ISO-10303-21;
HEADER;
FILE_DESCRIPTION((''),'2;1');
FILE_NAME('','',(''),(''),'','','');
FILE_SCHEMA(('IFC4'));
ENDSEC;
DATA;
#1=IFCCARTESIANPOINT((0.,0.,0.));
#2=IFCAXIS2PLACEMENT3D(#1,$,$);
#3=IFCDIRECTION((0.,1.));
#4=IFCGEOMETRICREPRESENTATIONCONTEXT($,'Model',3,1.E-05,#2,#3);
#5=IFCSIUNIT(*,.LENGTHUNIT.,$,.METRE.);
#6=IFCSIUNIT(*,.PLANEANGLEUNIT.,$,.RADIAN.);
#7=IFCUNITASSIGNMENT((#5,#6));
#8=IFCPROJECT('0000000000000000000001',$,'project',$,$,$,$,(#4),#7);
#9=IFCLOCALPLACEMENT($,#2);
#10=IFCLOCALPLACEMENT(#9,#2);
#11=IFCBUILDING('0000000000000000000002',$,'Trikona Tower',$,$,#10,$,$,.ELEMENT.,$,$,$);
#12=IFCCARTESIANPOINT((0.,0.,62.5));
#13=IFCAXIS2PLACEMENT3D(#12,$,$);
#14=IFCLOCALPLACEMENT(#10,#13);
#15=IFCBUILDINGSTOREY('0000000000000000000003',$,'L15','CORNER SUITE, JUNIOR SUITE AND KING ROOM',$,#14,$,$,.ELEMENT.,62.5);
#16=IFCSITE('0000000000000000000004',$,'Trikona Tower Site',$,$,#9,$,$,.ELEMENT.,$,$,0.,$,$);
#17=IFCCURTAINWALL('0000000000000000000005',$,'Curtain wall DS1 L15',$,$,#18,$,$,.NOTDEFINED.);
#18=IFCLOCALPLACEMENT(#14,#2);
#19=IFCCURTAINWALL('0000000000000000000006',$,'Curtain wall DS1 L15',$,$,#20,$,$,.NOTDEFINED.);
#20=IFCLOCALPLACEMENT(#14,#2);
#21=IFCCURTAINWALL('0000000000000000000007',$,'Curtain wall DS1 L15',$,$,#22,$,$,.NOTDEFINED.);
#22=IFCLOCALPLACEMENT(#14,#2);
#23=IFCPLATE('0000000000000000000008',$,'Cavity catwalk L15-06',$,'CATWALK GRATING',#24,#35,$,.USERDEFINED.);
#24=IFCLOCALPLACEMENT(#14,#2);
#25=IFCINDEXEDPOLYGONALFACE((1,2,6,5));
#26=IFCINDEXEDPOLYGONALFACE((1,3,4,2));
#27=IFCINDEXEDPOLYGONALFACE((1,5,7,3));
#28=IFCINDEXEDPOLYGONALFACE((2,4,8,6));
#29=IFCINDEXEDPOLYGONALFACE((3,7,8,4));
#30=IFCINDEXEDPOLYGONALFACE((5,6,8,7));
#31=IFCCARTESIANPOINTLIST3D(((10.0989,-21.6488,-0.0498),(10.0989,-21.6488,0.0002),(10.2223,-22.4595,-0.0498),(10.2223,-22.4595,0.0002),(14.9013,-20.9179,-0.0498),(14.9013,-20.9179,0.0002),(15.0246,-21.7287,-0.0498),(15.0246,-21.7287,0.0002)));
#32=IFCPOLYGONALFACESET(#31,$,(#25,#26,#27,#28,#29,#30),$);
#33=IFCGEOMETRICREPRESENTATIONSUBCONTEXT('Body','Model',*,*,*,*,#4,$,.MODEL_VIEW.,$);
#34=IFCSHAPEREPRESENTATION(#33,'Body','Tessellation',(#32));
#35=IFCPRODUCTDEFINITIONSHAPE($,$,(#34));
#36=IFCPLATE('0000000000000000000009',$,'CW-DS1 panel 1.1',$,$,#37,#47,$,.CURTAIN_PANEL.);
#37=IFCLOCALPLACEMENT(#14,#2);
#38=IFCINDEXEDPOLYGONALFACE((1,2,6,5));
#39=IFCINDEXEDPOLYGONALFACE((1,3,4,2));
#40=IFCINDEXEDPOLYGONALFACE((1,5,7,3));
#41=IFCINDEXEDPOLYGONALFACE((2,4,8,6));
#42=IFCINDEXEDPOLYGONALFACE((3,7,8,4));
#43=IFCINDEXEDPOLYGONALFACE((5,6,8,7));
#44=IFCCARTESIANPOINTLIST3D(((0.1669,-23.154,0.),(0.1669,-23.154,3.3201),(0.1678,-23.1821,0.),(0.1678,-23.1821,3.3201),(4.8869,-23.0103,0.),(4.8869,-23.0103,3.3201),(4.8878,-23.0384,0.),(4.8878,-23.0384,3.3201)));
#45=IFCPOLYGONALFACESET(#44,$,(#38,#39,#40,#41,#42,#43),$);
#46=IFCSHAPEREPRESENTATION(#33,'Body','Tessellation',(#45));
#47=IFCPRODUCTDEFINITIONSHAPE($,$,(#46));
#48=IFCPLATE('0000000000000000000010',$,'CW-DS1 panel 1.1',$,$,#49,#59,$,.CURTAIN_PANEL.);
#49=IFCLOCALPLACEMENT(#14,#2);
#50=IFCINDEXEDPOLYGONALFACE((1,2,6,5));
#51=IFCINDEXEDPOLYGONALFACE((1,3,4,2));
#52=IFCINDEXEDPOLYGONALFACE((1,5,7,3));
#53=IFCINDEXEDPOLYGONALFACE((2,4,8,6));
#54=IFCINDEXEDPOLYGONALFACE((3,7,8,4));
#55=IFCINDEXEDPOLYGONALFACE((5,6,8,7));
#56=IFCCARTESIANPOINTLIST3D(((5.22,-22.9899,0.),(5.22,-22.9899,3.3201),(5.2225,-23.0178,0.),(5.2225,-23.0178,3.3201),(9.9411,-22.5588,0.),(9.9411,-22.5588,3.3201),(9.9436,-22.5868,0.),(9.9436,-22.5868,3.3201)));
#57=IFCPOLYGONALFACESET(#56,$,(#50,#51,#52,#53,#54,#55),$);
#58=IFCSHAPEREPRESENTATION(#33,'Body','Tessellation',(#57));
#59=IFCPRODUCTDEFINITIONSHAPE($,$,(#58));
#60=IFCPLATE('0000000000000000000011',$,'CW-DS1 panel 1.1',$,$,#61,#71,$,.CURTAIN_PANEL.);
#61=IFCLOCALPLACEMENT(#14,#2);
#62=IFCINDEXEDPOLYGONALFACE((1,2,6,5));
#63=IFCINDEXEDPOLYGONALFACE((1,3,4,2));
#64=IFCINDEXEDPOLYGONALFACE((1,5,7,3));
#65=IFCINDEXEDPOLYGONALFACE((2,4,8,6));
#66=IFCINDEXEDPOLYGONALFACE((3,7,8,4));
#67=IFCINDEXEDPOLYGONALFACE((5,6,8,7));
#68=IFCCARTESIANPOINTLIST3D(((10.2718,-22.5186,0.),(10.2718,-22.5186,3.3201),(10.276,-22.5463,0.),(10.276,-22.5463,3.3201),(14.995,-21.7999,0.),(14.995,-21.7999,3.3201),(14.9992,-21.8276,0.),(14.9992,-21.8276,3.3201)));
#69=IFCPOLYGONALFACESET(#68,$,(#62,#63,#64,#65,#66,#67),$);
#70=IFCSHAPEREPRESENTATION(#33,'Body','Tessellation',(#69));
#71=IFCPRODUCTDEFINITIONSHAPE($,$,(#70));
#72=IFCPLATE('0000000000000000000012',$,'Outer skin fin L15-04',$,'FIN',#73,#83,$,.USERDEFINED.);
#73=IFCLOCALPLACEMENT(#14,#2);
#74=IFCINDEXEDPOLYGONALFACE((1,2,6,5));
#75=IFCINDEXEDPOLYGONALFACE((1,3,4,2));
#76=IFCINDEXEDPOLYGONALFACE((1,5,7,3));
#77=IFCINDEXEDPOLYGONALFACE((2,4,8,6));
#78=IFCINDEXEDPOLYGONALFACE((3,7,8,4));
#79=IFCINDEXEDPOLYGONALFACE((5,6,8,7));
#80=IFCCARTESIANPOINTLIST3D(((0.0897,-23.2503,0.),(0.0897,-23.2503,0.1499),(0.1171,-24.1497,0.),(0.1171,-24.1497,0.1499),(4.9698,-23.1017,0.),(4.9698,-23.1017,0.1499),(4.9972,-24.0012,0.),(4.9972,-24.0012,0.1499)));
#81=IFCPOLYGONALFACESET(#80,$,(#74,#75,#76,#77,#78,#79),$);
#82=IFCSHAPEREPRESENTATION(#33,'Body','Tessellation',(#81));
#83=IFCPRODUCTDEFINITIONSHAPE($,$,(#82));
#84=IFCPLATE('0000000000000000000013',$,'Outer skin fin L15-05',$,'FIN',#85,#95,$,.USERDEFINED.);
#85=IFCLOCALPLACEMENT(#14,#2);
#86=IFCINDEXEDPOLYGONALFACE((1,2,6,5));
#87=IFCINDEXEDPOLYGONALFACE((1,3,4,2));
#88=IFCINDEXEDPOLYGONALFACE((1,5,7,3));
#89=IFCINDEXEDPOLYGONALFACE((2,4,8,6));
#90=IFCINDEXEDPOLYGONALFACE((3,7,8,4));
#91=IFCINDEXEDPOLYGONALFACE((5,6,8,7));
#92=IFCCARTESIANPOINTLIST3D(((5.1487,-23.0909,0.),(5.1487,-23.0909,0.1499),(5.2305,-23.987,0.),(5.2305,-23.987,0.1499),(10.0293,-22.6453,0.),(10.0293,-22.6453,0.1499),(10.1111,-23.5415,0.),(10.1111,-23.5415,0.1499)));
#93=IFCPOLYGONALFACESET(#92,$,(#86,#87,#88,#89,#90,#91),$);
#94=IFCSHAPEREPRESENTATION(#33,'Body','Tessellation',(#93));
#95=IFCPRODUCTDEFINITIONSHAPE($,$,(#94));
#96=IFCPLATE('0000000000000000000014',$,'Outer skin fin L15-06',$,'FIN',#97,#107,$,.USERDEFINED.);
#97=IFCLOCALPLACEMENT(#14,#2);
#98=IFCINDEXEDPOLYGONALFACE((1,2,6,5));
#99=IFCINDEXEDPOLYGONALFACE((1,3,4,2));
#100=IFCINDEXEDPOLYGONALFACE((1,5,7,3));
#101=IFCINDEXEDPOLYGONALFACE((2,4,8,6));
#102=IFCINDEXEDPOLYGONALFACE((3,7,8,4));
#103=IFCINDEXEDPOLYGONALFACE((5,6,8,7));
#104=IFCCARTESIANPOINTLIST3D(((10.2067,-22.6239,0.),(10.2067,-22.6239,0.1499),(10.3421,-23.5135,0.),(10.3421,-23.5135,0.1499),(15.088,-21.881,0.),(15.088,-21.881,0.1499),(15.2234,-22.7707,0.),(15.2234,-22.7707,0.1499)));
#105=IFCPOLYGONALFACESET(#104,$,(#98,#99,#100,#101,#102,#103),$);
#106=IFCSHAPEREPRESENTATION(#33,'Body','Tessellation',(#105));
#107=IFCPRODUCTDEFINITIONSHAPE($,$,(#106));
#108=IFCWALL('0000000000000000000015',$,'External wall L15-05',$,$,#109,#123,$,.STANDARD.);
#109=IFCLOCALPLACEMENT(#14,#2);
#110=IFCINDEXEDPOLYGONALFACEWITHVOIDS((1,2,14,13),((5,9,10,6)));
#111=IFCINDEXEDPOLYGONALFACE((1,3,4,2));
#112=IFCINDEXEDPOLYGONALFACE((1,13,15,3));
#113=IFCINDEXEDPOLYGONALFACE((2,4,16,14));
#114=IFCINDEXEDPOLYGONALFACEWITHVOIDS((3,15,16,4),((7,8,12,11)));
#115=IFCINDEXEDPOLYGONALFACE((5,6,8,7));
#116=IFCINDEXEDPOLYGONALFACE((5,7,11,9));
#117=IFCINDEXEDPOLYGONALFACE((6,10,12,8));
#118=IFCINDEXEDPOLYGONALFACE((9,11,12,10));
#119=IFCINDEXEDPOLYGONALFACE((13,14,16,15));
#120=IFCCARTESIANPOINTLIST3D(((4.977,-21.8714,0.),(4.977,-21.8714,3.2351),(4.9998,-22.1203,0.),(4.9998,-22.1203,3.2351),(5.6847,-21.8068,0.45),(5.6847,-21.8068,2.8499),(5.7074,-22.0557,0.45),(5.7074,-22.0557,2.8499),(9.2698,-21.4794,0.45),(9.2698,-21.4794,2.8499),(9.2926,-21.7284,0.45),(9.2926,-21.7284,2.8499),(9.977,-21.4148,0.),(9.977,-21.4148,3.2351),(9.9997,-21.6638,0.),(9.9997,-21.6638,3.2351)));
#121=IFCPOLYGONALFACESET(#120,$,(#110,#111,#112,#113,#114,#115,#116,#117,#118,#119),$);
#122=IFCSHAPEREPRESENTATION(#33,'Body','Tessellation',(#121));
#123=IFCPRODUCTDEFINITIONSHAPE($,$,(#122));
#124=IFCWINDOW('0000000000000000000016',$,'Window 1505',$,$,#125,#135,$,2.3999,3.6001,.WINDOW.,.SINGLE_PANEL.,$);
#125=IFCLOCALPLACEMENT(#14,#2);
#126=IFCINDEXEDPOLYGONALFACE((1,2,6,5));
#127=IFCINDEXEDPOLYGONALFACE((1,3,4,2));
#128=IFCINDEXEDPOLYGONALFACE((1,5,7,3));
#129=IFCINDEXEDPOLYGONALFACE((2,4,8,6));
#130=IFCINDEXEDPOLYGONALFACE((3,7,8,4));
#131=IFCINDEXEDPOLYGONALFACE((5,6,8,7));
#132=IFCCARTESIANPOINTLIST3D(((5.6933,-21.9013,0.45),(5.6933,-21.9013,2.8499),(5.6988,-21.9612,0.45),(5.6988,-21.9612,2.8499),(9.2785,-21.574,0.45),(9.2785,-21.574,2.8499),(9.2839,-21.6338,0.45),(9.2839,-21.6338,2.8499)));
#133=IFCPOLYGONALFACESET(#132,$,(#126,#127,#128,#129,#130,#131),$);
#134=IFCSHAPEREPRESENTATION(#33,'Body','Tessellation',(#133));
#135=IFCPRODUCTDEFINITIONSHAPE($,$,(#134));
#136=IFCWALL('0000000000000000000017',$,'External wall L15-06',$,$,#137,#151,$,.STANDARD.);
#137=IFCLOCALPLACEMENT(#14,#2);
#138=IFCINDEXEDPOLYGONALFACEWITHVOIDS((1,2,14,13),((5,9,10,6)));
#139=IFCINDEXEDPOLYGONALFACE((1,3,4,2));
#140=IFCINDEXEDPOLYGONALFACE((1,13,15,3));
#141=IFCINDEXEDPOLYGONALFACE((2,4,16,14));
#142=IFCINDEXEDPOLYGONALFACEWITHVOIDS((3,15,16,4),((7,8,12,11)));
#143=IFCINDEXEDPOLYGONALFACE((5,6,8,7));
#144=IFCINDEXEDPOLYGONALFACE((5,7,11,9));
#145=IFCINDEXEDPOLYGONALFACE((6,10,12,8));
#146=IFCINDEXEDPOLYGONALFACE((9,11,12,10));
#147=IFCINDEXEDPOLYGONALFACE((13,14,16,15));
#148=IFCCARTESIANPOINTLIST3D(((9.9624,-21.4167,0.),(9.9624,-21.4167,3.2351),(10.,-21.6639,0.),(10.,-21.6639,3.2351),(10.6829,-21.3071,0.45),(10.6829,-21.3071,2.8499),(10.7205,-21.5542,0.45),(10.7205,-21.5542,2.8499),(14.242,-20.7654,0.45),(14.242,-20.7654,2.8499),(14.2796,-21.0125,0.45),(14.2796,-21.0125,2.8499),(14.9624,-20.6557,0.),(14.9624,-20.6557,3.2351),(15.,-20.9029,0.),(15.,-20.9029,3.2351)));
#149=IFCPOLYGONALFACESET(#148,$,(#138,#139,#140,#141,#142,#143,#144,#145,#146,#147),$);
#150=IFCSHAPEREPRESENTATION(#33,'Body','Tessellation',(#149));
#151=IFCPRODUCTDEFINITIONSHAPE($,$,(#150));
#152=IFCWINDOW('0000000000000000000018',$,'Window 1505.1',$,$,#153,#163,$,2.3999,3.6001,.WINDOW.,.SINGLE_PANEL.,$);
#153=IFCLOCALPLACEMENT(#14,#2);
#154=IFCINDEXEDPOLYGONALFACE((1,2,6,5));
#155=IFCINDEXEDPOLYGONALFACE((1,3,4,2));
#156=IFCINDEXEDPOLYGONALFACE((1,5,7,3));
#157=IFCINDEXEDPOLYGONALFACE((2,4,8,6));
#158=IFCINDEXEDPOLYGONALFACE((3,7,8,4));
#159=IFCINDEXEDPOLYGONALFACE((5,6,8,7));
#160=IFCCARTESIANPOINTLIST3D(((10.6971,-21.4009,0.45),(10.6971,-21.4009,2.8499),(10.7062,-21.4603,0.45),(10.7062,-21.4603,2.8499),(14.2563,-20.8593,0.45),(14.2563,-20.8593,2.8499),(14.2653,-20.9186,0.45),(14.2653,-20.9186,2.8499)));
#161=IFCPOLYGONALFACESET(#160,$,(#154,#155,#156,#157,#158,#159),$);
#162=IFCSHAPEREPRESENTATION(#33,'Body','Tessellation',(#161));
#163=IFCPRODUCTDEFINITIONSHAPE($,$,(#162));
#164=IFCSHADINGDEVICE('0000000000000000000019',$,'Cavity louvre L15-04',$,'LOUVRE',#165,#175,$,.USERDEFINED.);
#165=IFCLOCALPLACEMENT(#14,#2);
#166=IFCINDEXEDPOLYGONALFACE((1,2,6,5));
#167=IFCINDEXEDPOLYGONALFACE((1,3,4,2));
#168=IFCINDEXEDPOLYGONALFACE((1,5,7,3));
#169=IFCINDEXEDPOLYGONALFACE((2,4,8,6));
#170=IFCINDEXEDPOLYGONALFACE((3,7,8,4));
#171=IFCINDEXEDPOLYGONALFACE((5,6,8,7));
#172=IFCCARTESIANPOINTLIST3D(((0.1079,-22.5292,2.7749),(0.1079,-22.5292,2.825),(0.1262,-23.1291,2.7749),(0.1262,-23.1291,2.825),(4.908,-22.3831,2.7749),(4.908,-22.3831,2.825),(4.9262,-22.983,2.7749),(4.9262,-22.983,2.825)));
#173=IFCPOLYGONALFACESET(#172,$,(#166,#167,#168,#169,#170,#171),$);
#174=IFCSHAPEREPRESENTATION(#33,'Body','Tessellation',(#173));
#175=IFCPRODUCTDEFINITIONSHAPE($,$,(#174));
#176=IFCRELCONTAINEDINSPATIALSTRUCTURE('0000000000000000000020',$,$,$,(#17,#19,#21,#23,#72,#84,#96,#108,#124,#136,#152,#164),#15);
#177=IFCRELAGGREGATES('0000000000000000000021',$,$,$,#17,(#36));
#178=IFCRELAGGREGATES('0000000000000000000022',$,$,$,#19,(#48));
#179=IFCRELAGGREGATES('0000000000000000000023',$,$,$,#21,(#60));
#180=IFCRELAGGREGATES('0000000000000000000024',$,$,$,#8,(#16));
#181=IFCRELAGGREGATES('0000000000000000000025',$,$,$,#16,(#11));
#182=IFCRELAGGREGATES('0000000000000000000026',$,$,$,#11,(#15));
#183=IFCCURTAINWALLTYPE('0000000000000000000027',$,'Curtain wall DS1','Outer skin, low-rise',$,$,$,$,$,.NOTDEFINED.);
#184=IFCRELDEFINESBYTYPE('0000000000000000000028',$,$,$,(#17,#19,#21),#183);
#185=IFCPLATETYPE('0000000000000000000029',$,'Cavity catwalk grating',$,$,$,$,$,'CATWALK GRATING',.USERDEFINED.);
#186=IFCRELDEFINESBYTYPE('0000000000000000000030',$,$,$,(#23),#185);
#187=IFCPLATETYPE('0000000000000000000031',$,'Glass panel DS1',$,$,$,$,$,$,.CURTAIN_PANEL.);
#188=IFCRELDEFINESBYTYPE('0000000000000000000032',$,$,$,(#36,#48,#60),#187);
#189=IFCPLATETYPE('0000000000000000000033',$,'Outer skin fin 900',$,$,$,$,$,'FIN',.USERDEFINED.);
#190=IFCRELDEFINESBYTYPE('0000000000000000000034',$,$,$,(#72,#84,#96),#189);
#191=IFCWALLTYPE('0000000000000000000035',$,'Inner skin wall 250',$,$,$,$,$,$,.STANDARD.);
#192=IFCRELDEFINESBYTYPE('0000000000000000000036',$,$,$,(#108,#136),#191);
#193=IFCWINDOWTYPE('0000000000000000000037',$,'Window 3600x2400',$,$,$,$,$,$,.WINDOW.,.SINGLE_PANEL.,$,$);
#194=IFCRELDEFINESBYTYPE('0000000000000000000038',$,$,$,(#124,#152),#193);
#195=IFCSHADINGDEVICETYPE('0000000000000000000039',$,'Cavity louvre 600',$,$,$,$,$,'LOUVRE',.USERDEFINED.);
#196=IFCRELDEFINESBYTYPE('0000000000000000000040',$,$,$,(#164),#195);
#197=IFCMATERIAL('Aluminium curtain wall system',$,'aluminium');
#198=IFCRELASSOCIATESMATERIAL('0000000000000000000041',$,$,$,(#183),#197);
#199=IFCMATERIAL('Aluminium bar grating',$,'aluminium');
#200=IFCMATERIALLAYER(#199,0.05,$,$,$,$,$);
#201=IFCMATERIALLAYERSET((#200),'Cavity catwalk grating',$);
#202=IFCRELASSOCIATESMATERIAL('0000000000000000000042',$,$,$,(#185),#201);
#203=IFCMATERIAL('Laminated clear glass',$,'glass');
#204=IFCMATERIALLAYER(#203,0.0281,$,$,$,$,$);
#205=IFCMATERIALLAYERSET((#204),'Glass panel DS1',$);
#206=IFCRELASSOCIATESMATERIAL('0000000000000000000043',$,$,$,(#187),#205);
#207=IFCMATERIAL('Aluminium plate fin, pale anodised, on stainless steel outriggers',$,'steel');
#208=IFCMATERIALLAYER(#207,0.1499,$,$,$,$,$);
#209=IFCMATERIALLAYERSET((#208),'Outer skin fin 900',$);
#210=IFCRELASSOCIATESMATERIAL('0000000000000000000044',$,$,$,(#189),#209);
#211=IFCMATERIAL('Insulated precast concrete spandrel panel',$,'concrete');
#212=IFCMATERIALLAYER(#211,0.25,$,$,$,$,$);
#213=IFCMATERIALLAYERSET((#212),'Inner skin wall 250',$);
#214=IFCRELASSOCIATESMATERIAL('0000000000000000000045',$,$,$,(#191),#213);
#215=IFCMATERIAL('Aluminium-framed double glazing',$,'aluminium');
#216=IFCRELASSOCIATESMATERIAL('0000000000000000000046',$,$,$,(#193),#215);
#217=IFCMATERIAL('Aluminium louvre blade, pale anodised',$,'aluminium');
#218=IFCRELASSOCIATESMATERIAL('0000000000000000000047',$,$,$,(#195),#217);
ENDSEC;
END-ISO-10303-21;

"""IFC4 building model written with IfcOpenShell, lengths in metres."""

from ifc_helpers import new_model, si_unit, direction, frame, frame_2d, origin, origin_2d, place, context, subcontext, project, spatial, rectangle, extrude, material, layer, layer_set, type_object, element, fill, aggregate, save


model = new_model("IFC4")

# Units and contexts
model_context = context("Model", 3, precision=1e-05, world=origin(), true_north=direction((0.0, 1.0)))
body_context = subcontext(model_context, "Body", "Model", "MODEL_VIEW")
ifc_project = project(units=[si_unit("LENGTHUNIT", "METRE"), si_unit("PLANEANGLEUNIT", "RADIAN")], contexts=[model_context])

# Site, building, storey
site_placement = place(None, origin())
site = spatial("IfcSite", under=ifc_project, at=site_placement, Name="Trikona Tower Site", CompositionType="ELEMENT", RefElevation=0.0)
building_placement = place(site_placement, origin())
building = spatial("IfcBuilding", under=site, at=building_placement, Name="Trikona Tower", CompositionType="ELEMENT")
storey_placement = place(building_placement, frame((0.0, 0.0, 62.5)))
storey = spatial("IfcBuildingStorey", under=building, at=storey_placement, Name="L15", Description="CORNER SUITE, JUNIOR SUITE AND KING ROOM", CompositionType="ELEMENT", Elevation=62.5)

# Curtain walls
ifc_material_1 = material(Name="Aluminium curtain wall system", Category="aluminium")
curtain_wall_type = type_object("IfcCurtainWallType", Name="Curtain wall DS1", Description="Outer skin, low-rise", PredefinedType="NOTDEFINED", material=ifc_material_1)
curtain_wall_1_placement = place(storey_placement, origin())
curtain_wall_1 = element("IfcCurtainWall", 1, at=curtain_wall_1_placement, inside=storey, type_object=curtain_wall_type, Name="Curtain wall DS1 L15", PredefinedType="NOTDEFINED")
curtain_wall_2_placement = place(storey_placement, origin())
curtain_wall_2 = element("IfcCurtainWall", 2, at=curtain_wall_2_placement, inside=storey, type_object=curtain_wall_type, Name="Curtain wall DS1 L15", PredefinedType="NOTDEFINED")

# Curtain wall
curtain_wall_3_placement = place(storey_placement, origin())
curtain_wall_3 = element("IfcCurtainWall", 3, at=curtain_wall_3_placement, inside=storey, type_object=curtain_wall_type, Name="Curtain wall DS1 L15", PredefinedType="NOTDEFINED")

# Plate
ifc_material_2 = material(Name="Aluminium bar grating", Category="aluminium")
ifc_layer_1 = layer(ifc_material_2, 0.05)
ifc_layer_set_1 = layer_set([ifc_layer_1], Name="Cavity catwalk grating")
plate_type_1 = type_object("IfcPlateType", Name="Cavity catwalk grating", ElementType="CATWALK GRATING", PredefinedType="USERDEFINED", material=ifc_layer_set_1)
plate_1_placement = place(storey_placement, frame((12.5618, -21.6887, -0.0498), z_axis=(0.0, 0.0, 1.0), x_axis=(0.988618, 0.150448, 0.0)))
element("IfcPlate", 4, at=plate_1_placement, inside=storey, type_object=plate_type_1, Name="Cavity catwalk L15-06", ObjectType="CATWALK GRATING", PredefinedType="USERDEFINED", context=body_context, shape_type="SweptSolid", body=[
    extrude(rectangle(XDim=4.8577, YDim=0.8201, at=origin_2d()), origin(), (0.0, 0.0, 1.0), 0.05),
])

# Plates
ifc_material_3 = material(Name="Laminated clear glass", Category="glass")
ifc_layer_2 = layer(ifc_material_3, 0.0281)
ifc_layer_set_2 = layer_set([ifc_layer_2], Name="Glass panel DS1")
plate_type_2 = type_object("IfcPlateType", Name="Glass panel DS1", PredefinedType="CURTAIN_PANEL", material=ifc_layer_set_2)
plate_2_placement = place(storey_placement, frame((2.5273, -23.0962, 0.0), z_axis=(0.0, 0.0, 1.0), x_axis=(0.999537, 0.030437, 0.0)))
plate_2 = element("IfcPlate", 5, at=plate_2_placement, type_object=plate_type_2, Name="CW-DS1 panel 1.1", PredefinedType="CURTAIN_PANEL", context=body_context, shape_type="SweptSolid", body=[
    extrude(rectangle(XDim=4.7222, YDim=0.0281, at=origin_2d()), origin(), (0.0, 0.0, 1.0), 3.3201),
])
aggregate(curtain_wall_1, [plate_2])
plate_3_placement = place(storey_placement, frame((7.5818, -22.7883, 0.0), z_axis=(0.0, 0.0, 1.0), x_axis=(0.995858, 0.090924, 0.0)))
plate_3 = element("IfcPlate", 6, at=plate_3_placement, type_object=plate_type_2, Name="CW-DS1 panel 1.1", PredefinedType="CURTAIN_PANEL", context=body_context, shape_type="SweptSolid", body=[
    extrude(rectangle(XDim=4.7407, YDim=0.0281, at=origin_2d()), origin(), (0.0, 0.0, 1.0), 3.3201),
])
aggregate(curtain_wall_2, [plate_3])
plate_4_placement = place(storey_placement, frame((12.6355, -22.1731, 0.0), z_axis=(0.0, 0.0, 1.0), x_axis=(0.988619, 0.150438, 0.0)))
plate_4 = element("IfcPlate", 7, at=plate_4_placement, type_object=plate_type_2, Name="CW-DS1 panel 1.1", PredefinedType="CURTAIN_PANEL", context=body_context, shape_type="SweptSolid", body=[
    extrude(rectangle(XDim=4.7776, YDim=0.0281, at=origin_2d()), origin(), (0.0, 0.0, 1.0), 3.3201),
])
aggregate(curtain_wall_3, [plate_4])

# Plates
ifc_material_4 = material(Name="Aluminium plate fin, pale anodised, on stainless steel outriggers", Category="steel")
ifc_layer_3 = layer(ifc_material_4, 0.1499)
ifc_layer_set_3 = layer_set([ifc_layer_3], Name="Outer skin fin 900")
plate_type_3 = type_object("IfcPlateType", Name="Outer skin fin 900", ElementType="FIN", PredefinedType="USERDEFINED", material=ifc_layer_set_3)
plate_5_placement = place(storey_placement, frame((2.5435, -23.6257, 0.0), z_axis=(0.0, 0.0, 1.0), x_axis=(0.999537, 0.030425, 0.0)))
element("IfcPlate", 8, at=plate_5_placement, inside=storey, type_object=plate_type_3, Name="Outer skin fin L15-04", ObjectType="FIN", PredefinedType="USERDEFINED", context=body_context, shape_type="SweptSolid", body=[
    extrude(rectangle(XDim=4.8823, YDim=0.8999, at=origin_2d()), origin(), (0.0, 0.0, 1.0), 0.1499),
])
plate_6_placement = place(storey_placement, frame((7.6299, -23.3162, 0.0), z_axis=(0.0, 0.0, 1.0), x_axis=(0.995858, 0.090921, 0.0)))
element("IfcPlate", 9, at=plate_6_placement, inside=storey, type_object=plate_type_3, Name="Outer skin fin L15-05", ObjectType="FIN", PredefinedType="USERDEFINED", context=body_context, shape_type="SweptSolid", body=[
    extrude(rectangle(XDim=4.9009, YDim=0.8999, at=origin_2d()), origin(), (0.0, 0.0, 1.0), 0.1499),
])
plate_7_placement = place(storey_placement, frame((12.7151, -22.6973, 0.0), z_axis=(0.0, 0.0, 1.0), x_axis=(0.988618, 0.150448, 0.0)))
element("IfcPlate", 10, at=plate_7_placement, inside=storey, type_object=plate_type_3, Name="Outer skin fin L15-06", ObjectType="FIN", PredefinedType="USERDEFINED", context=body_context, shape_type="SweptSolid", body=[
    extrude(rectangle(XDim=4.9375, YDim=0.8999, at=origin_2d()), origin(), (0.0, 0.0, 1.0), 0.1499),
])

# Walls, openings, windows
ifc_material_5 = material(Name="Insulated precast concrete spandrel panel", Category="concrete")
ifc_layer_4 = layer(ifc_material_5, 0.25)
ifc_layer_set_4 = layer_set([ifc_layer_4], Name="Inner skin wall 250")
wall_type = type_object("IfcWallType", Name="Inner skin wall 250", PredefinedType="STANDARD", material=ifc_layer_set_4)
wall_1_placement = place(storey_placement, frame((4.9885, -21.9958, 0.0), z_axis=(0.0, 0.0, 1.0), x_axis=(0.995857, 0.09093, 0.0)))
wall_1 = element("IfcWall", 11, at=wall_1_placement, inside=storey, type_object=wall_type, Name="External wall L15-05", PredefinedType="STANDARD", context=body_context, shape_type="SweptSolid", body=[
    extrude(rectangle(XDim=5.0208, YDim=0.25, at=frame_2d((2.5103, 0.0))), origin(), (0.0, 0.0, 1.0), 3.2351),
])
opening_1_placement = place(wall_1_placement, frame((0.7104, 0.0, 0.45)))
opening_1 = element("IfcOpeningElement", 12, at=opening_1_placement, cuts=wall_1, PredefinedType="OPENING", context=body_context, shape_type="SweptSolid", body=[
    extrude(rectangle(XDim=3.6001, YDim=2.3999, at=frame_2d((1.8, 1.2))), frame((0.0, 0.135, 0.0), z_axis=(0.0, -1.0, 0.0), x_axis=(1.0, 0.0, 0.0)), (0.0, 0.0, 1.0), 0.27),
])
ifc_material_6 = material(Name="Aluminium-framed double glazing", Category="aluminium")
window_type = type_object("IfcWindowType", Name="Window 3600x2400", PartitioningType="SINGLE_PANEL", PredefinedType="WINDOW", material=ifc_material_6)
window_1_placement = place(opening_1_placement, origin())
window_1 = element("IfcWindow", 13, at=window_1_placement, inside=storey, type_object=window_type, Name="Window 1505", OverallHeight=2.3999, OverallWidth=3.6001, PartitioningType="SINGLE_PANEL", PredefinedType="WINDOW", context=body_context, shape_type="SweptSolid", body=[
    extrude(rectangle(XDim=3.6001, YDim=2.3999, at=frame_2d((1.8, 1.2))), frame((0.0, 0.03, 0.0), z_axis=(0.0, -1.0, 0.0), x_axis=(1.0, 0.0, 0.0)), (0.0, 0.0, 1.0), 0.0601),
])
fill(opening_1, window_1)
wall_2_placement = place(storey_placement, frame((9.9812, -21.5403, 0.0), z_axis=(0.0, 0.0, 1.0), x_axis=(0.988615, 0.150465, 0.0)))
wall_2 = element("IfcWall", 14, at=wall_2_placement, inside=storey, type_object=wall_type, Name="External wall L15-06", PredefinedType="STANDARD", context=body_context, shape_type="SweptSolid", body=[
    extrude(rectangle(XDim=5.0576, YDim=0.25, at=frame_2d((2.5288, 0.0))), origin(), (0.0, 0.0, 1.0), 3.2351),
])
opening_2_placement = place(wall_2_placement, frame((0.7288, 0.0, 0.45)))
opening_2 = element("IfcOpeningElement", 15, at=opening_2_placement, cuts=wall_2, PredefinedType="OPENING", context=body_context, shape_type="SweptSolid", body=[
    extrude(rectangle(XDim=3.6001, YDim=2.3999, at=frame_2d((1.8, 1.2))), frame((0.0, 0.135, 0.0), z_axis=(0.0, -1.0, 0.0), x_axis=(1.0, 0.0, 0.0)), (0.0, 0.0, 1.0), 0.27),
])
window_2_placement = place(opening_2_placement, origin())
window_2 = element("IfcWindow", 16, at=window_2_placement, inside=storey, type_object=window_type, Name="Window 1505.1", OverallHeight=2.3999, OverallWidth=3.6001, PartitioningType="SINGLE_PANEL", PredefinedType="WINDOW", context=body_context, shape_type="SweptSolid", body=[
    extrude(rectangle(XDim=3.6001, YDim=2.3999, at=frame_2d((1.8, 1.2))), frame((0.0, 0.03, 0.0), z_axis=(0.0, -1.0, 0.0), x_axis=(1.0, 0.0, 0.0)), (0.0, 0.0, 1.0), 0.0601),
])
fill(opening_2, window_2)

# Shading device
ifc_material_7 = material(Name="Aluminium louvre blade, pale anodised", Category="aluminium")
shading_device_type = type_object("IfcShadingDeviceType", Name="Cavity louvre 600", ElementType="LOUVRE", PredefinedType="USERDEFINED", material=ifc_material_7)
shading_device_1_placement = place(storey_placement, frame((2.5171, -22.7561, 2.7749), z_axis=(0.0, 0.0, 1.0), x_axis=(0.999537, 0.030425, 0.0)))
element("IfcShadingDevice", 17, at=shading_device_1_placement, inside=storey, type_object=shading_device_type, Name="Cavity louvre L15-04", ObjectType="LOUVRE", PredefinedType="USERDEFINED", context=body_context, shape_type="SweptSolid", body=[
    extrude(rectangle(XDim=4.8022, YDim=0.6001, at=origin_2d()), origin(), (0.0, 0.0, 1.0), 0.05),
])

save(model, "model.ifc")
